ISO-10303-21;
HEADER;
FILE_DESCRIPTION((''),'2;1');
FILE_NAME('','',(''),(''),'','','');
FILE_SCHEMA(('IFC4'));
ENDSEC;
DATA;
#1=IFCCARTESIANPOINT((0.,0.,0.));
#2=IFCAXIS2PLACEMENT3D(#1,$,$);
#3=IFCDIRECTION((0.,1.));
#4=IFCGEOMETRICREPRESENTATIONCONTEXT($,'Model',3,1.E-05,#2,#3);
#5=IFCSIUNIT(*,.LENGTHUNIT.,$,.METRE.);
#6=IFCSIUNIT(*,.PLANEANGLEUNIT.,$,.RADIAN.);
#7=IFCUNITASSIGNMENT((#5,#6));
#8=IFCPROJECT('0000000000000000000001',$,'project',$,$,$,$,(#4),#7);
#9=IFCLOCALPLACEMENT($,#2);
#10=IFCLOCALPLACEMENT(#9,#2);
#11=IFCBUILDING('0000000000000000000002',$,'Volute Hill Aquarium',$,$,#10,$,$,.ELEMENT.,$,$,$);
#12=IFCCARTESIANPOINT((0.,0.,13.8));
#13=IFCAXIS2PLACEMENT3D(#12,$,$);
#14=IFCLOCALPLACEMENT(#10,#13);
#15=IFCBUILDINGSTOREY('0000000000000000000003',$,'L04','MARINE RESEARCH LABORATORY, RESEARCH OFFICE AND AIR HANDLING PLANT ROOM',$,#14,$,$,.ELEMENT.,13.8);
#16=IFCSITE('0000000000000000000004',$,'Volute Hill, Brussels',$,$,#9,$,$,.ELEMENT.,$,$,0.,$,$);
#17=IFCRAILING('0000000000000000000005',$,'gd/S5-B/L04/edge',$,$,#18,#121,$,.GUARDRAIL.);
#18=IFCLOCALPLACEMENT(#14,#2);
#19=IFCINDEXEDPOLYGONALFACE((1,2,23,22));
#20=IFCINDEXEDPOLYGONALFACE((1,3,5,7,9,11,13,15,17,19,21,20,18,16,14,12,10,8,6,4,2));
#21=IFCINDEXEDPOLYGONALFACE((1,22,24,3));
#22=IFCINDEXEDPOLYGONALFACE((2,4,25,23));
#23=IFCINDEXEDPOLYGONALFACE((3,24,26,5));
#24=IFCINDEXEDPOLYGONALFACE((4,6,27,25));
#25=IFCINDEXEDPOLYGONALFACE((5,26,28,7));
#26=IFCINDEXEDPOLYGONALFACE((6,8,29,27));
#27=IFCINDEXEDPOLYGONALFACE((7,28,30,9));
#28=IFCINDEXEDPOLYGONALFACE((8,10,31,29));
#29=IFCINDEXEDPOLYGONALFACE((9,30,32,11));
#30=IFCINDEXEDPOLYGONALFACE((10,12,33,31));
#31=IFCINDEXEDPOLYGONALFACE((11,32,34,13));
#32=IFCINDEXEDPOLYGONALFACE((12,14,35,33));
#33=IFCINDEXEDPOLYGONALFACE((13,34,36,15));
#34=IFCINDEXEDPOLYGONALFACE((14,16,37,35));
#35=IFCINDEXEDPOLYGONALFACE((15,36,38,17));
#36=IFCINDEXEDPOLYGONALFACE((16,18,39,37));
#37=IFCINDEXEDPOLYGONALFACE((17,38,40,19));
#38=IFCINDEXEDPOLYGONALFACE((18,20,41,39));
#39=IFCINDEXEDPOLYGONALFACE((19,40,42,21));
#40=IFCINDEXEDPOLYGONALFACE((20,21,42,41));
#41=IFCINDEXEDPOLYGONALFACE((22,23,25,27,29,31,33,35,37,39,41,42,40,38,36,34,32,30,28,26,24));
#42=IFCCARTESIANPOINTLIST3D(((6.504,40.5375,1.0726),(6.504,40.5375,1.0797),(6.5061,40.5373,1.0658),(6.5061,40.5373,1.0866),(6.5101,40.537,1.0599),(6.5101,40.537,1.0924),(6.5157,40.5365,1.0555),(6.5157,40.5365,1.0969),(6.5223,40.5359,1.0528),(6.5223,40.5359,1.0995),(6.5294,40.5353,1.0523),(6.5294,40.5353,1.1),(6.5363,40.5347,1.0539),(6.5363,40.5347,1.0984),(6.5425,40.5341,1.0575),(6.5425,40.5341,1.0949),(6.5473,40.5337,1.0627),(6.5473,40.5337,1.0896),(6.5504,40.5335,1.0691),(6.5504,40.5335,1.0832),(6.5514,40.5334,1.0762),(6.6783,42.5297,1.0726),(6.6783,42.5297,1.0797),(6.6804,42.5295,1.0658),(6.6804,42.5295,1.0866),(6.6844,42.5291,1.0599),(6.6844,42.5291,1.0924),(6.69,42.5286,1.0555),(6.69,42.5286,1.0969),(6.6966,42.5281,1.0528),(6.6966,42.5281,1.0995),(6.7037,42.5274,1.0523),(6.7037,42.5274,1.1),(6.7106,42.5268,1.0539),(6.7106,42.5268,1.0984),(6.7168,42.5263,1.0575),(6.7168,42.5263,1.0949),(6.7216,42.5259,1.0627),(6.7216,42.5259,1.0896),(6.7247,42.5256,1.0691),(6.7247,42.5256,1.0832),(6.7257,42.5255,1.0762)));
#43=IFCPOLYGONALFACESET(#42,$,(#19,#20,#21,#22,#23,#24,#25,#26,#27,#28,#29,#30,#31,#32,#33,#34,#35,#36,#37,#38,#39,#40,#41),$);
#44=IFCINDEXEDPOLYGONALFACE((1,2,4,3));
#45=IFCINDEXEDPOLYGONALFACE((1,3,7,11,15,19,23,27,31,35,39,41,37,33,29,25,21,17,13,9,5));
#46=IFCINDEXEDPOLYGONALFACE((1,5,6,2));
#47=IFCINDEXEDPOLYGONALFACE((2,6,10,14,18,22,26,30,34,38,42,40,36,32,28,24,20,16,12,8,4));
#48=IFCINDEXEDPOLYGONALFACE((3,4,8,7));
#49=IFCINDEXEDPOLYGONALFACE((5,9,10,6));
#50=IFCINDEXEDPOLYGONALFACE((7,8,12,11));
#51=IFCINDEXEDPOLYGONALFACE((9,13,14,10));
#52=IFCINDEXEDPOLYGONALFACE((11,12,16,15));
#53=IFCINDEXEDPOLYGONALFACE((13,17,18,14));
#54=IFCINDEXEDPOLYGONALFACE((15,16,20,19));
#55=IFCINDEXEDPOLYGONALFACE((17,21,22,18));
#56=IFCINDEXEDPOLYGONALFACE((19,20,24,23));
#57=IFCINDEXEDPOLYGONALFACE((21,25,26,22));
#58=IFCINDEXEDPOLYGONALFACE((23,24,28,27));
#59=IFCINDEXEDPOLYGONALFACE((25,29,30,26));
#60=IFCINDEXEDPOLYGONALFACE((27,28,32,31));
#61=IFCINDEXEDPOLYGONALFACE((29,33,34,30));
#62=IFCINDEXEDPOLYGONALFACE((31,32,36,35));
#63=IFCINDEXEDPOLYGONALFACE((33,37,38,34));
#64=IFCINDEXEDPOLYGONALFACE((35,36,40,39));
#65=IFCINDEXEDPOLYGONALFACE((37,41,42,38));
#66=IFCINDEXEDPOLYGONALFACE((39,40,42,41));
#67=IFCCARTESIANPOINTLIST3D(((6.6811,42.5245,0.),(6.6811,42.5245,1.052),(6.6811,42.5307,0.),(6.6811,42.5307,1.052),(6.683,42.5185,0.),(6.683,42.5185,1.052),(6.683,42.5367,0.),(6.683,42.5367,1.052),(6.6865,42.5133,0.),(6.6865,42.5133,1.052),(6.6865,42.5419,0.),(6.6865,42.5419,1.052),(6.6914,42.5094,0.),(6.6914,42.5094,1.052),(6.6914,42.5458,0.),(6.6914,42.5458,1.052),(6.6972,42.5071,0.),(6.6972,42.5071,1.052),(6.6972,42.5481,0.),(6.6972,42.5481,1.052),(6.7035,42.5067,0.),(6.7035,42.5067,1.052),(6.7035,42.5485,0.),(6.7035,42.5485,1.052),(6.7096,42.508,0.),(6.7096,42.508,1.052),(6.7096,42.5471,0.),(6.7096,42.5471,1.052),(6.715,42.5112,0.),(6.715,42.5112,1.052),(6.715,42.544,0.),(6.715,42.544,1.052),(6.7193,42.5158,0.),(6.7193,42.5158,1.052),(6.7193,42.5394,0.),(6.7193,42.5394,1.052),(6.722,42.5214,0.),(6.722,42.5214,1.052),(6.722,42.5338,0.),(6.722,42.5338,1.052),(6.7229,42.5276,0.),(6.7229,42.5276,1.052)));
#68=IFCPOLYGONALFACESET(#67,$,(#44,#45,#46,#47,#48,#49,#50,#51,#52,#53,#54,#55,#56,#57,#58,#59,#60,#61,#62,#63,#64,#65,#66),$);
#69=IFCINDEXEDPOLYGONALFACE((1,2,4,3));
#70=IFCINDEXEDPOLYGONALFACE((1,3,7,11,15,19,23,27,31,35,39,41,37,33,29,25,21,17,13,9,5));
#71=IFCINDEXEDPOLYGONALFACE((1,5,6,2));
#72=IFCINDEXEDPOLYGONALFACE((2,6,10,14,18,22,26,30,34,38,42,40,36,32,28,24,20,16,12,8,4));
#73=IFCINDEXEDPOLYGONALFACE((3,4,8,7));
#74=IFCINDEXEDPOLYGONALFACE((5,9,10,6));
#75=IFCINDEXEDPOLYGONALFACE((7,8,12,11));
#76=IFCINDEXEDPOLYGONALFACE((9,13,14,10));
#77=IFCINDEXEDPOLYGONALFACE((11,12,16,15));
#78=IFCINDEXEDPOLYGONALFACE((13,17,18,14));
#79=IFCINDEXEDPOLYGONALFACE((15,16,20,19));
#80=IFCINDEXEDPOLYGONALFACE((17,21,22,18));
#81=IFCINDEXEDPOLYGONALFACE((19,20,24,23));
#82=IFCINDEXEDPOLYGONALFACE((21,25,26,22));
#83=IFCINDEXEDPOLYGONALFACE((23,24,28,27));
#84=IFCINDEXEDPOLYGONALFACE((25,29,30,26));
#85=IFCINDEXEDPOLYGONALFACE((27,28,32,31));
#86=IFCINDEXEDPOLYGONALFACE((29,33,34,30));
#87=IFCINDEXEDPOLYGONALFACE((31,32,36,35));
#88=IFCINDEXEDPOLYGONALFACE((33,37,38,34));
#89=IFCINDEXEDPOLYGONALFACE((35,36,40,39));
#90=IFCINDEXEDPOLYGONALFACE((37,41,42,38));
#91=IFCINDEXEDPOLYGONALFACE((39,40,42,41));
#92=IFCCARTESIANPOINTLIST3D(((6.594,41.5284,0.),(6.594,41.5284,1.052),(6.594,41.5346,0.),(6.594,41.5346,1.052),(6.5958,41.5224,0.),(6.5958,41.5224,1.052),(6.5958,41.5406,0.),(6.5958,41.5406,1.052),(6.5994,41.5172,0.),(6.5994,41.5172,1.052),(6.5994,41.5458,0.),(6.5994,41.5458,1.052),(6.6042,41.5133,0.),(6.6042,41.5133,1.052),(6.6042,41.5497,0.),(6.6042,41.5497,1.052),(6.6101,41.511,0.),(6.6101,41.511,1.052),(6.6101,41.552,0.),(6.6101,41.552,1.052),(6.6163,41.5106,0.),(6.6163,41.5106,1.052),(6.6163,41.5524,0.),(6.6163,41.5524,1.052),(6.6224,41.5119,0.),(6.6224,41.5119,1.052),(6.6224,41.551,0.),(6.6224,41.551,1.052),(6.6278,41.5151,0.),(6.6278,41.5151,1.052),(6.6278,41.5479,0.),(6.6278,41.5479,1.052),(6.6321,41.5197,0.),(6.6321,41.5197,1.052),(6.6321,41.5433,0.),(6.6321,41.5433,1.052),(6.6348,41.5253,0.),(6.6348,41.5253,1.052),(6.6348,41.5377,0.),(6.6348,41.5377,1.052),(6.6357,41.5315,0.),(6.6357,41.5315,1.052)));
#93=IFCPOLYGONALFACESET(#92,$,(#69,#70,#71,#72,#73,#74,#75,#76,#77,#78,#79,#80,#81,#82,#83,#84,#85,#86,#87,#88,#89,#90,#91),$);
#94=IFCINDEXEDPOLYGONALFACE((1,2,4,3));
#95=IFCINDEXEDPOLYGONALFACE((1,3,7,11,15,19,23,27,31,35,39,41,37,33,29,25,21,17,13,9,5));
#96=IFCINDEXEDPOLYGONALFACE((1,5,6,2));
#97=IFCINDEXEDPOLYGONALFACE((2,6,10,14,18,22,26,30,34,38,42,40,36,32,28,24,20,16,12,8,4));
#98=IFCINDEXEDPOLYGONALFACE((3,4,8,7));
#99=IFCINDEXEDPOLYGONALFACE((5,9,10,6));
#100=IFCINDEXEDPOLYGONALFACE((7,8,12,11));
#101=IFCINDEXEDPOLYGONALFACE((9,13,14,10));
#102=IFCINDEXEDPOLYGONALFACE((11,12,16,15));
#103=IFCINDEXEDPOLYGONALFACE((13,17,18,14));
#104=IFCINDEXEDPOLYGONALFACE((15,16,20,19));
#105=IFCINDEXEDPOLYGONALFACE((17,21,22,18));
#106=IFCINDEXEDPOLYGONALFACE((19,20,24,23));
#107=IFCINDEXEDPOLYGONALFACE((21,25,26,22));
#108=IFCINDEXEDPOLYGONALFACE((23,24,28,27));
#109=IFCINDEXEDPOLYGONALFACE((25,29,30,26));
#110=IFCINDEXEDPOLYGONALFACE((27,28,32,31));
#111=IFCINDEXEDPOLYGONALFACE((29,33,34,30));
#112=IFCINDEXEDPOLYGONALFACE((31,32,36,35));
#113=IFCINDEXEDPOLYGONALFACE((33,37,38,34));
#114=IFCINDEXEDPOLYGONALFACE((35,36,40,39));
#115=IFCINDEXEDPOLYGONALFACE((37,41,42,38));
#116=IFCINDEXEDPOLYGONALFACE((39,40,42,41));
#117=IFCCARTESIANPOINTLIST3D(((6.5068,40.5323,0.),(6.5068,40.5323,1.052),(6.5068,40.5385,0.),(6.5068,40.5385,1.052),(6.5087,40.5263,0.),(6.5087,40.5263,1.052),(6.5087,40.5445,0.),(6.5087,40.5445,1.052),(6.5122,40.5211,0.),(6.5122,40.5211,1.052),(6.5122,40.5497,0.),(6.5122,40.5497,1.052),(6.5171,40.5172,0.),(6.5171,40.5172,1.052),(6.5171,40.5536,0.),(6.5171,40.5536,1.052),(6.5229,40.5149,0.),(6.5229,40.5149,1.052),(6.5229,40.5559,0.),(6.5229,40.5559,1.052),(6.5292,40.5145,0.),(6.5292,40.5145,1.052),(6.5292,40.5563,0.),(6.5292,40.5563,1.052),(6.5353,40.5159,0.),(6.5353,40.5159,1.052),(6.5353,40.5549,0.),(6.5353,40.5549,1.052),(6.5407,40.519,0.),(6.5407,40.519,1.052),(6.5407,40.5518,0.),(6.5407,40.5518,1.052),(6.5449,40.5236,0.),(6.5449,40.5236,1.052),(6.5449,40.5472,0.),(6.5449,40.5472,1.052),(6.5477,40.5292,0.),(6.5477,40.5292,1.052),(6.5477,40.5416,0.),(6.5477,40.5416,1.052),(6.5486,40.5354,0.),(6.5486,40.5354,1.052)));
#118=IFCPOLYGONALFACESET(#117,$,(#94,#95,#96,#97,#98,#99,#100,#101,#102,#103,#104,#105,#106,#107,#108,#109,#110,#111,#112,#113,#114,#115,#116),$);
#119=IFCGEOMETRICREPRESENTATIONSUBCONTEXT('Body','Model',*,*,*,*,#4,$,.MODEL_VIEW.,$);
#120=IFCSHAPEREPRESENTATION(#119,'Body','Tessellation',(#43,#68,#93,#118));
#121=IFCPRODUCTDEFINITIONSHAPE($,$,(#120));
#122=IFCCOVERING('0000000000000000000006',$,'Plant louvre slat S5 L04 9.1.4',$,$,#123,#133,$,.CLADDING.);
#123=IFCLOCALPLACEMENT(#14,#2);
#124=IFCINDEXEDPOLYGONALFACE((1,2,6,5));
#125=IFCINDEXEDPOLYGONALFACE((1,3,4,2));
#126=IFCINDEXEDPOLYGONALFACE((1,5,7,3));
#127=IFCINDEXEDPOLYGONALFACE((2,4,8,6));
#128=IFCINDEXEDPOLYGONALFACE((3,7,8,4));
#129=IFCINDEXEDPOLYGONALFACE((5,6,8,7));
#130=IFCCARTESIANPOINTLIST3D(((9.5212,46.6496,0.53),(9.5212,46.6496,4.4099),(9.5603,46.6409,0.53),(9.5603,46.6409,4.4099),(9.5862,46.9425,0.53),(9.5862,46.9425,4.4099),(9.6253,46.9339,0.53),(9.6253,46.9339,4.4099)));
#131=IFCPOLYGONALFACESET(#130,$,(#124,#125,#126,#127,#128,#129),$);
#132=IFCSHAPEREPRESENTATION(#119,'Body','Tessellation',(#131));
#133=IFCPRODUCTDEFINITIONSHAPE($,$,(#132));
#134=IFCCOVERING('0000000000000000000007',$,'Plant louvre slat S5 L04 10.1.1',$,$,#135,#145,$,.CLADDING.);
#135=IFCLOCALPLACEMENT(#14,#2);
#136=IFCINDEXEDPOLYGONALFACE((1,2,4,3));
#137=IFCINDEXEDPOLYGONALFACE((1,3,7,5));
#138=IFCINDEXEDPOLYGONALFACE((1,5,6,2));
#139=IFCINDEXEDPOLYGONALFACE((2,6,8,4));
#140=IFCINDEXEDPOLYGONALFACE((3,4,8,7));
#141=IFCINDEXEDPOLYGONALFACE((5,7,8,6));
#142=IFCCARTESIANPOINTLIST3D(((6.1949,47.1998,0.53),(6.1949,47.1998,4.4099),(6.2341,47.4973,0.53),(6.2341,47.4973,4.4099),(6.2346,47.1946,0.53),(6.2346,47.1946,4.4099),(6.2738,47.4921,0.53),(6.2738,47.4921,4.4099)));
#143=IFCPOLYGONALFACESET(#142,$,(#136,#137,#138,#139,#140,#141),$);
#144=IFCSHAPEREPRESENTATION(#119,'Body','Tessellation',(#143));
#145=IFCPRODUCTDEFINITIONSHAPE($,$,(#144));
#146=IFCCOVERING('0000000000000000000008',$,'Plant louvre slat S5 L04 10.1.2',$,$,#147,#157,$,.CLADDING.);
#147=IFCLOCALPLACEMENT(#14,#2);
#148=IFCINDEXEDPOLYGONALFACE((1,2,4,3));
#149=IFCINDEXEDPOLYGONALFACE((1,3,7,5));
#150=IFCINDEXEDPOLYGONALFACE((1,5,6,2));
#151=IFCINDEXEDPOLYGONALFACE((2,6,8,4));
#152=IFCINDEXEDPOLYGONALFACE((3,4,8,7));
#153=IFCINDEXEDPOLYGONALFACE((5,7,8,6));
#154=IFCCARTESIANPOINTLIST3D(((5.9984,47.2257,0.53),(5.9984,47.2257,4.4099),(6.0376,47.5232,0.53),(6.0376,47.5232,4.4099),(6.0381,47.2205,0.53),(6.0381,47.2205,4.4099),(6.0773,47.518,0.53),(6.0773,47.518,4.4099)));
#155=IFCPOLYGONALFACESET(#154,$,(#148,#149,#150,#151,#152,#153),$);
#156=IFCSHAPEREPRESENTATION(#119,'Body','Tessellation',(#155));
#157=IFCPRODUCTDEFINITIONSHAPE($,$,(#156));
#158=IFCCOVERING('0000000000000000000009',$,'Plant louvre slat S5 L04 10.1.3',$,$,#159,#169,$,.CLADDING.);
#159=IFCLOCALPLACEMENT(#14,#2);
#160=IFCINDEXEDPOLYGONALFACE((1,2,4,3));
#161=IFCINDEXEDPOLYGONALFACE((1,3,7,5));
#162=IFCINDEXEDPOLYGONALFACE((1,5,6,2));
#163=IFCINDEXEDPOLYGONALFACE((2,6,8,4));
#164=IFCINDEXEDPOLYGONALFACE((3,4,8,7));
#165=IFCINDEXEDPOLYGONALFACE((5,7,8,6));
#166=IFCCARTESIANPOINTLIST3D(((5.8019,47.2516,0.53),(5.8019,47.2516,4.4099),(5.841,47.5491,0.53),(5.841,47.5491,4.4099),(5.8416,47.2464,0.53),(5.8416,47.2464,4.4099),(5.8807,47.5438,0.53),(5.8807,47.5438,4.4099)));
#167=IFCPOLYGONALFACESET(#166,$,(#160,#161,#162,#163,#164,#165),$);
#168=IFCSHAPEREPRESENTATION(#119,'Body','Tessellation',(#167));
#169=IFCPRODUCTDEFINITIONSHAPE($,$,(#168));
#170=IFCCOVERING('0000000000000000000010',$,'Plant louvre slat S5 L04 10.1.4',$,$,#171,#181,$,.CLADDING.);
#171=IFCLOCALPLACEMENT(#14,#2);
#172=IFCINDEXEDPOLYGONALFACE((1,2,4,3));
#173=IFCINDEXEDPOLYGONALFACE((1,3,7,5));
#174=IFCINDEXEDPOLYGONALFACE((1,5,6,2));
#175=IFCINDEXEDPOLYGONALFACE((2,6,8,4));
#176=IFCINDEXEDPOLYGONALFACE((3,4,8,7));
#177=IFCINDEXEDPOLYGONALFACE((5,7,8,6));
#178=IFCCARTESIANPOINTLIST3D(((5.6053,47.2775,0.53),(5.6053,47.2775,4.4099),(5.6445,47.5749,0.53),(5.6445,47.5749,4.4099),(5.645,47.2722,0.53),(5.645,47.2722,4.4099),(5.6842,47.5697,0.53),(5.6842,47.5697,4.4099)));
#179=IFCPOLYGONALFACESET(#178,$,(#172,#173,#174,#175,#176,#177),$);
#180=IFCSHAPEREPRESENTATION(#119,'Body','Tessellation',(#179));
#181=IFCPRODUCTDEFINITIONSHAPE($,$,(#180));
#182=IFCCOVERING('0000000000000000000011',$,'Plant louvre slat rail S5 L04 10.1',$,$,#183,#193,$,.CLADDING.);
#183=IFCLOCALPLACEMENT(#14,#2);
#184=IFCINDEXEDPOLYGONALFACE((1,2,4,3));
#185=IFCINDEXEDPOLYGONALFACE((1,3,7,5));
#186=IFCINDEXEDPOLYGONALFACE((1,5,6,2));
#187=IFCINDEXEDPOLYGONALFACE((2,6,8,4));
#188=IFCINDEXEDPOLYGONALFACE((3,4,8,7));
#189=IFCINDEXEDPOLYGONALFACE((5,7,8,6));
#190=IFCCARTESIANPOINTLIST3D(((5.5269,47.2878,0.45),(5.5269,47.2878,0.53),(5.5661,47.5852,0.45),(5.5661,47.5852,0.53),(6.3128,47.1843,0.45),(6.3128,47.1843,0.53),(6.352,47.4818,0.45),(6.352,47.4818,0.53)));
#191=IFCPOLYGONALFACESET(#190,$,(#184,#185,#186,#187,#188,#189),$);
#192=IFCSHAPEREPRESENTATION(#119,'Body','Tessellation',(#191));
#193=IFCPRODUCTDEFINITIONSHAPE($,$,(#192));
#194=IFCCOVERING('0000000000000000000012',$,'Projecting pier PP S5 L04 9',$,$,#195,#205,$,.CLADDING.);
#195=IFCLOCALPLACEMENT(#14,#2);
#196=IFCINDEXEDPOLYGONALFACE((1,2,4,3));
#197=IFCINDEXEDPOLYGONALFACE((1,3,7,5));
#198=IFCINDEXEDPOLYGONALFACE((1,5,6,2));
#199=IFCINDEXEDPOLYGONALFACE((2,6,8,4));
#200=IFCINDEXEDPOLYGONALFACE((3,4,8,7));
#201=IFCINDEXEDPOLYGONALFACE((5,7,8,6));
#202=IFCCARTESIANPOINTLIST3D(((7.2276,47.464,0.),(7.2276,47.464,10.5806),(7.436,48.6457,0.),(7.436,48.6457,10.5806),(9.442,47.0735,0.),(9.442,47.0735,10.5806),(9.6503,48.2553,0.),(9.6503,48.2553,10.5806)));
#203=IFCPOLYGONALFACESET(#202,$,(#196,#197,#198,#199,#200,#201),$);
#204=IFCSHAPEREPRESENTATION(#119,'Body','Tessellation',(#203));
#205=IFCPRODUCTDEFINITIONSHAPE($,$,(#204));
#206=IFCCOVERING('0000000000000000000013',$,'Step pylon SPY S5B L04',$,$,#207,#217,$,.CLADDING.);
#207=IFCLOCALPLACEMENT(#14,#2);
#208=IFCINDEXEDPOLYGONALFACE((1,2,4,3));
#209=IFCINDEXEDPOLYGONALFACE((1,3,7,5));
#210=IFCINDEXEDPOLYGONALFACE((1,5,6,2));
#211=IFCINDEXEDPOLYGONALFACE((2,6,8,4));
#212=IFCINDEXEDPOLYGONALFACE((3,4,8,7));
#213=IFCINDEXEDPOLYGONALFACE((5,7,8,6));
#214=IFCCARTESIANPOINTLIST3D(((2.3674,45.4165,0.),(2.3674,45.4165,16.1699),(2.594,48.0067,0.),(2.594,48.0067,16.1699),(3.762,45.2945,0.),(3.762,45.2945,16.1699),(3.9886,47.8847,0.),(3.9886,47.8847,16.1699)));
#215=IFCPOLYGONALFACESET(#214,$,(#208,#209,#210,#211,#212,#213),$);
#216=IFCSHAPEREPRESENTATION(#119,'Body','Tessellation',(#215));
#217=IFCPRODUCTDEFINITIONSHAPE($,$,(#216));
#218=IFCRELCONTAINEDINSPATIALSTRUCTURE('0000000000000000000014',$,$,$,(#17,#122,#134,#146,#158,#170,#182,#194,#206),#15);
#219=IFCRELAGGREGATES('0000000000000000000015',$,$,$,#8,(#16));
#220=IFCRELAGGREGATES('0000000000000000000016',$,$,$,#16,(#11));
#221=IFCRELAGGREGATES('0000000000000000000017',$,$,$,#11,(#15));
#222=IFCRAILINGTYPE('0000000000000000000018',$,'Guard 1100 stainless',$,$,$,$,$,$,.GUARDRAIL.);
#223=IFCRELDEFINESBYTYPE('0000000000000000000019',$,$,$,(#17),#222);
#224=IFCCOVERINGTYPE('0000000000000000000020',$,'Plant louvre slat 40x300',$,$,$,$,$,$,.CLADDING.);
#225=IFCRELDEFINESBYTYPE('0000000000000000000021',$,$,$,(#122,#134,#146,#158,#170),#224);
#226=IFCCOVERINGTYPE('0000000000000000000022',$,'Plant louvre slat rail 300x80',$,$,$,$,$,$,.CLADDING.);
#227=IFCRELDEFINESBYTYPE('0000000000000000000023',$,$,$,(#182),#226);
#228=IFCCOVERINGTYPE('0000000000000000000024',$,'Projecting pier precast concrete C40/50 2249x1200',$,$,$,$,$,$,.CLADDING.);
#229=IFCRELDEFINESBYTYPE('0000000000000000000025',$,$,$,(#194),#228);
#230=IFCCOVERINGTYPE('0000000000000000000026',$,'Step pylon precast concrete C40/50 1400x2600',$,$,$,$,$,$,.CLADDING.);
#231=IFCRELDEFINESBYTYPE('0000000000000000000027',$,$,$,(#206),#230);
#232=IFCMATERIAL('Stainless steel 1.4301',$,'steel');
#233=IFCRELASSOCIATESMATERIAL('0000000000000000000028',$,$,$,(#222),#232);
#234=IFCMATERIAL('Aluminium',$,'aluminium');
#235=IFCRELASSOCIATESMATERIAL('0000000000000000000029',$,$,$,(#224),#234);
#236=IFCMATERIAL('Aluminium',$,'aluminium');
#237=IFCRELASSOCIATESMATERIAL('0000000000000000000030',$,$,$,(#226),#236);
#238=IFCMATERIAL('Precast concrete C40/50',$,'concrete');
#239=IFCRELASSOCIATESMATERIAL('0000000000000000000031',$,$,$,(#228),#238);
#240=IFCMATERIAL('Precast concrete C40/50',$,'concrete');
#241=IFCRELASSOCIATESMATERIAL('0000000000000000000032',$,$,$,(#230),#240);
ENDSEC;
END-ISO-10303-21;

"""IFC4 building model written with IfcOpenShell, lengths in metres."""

from ifc_helpers import new_model, si_unit, direction, frame, origin, origin_2d, place, context, subcontext, project, spatial, rectangle, circle, extrude, material, type_object, element, save


model = new_model("IFC4")

# Units and contexts
model_context = context("Model", 3, precision=1e-05, world=origin(), true_north=direction((0.0, 1.0)))
body_context = subcontext(model_context, "Body", "Model", "MODEL_VIEW")
ifc_project = project(units=[si_unit("LENGTHUNIT", "METRE"), si_unit("PLANEANGLEUNIT", "RADIAN")], contexts=[model_context])

# Site, building, storey
site_placement = place(None, origin())
site = spatial("IfcSite", under=ifc_project, at=site_placement, Name="Volute Hill, Brussels", CompositionType="ELEMENT", RefElevation=0.0)
building_placement = place(site_placement, origin())
building = spatial("IfcBuilding", under=site, at=building_placement, Name="Volute Hill Aquarium", CompositionType="ELEMENT")
storey_placement = place(building_placement, frame((0.0, 0.0, 13.8)))
storey = spatial("IfcBuildingStorey", under=building, at=storey_placement, Name="L04", Description="MARINE RESEARCH LABORATORY, RESEARCH OFFICE AND AIR HANDLING PLANT ROOM", CompositionType="ELEMENT", Elevation=13.8)

# Railing
ifc_material_1 = material(Name="Stainless steel 1.4301", Category="steel")
railing_type = type_object("IfcRailingType", Name="Guard 1100 stainless", PredefinedType="GUARDRAIL", material=ifc_material_1)
railing_placement = place(storey_placement, frame((6.7019, 42.5276, 0.0)))
element("IfcRailing", 1, at=railing_placement, inside=storey, type_object=railing_type, Name="gd/S5-B/L04/edge", PredefinedType="GUARDRAIL", context=body_context, shape_type="SweptSolid", body=[
    extrude(circle(Radius=0.0239, at=origin_2d()), frame((0.0, 0.0, 1.0762), z_axis=(-0.087167, -0.996194, 0.0), x_axis=(0.996194, -0.087167, 0.0)), (0.0, 0.0, 1.0), 1.9998),
    extrude(circle(Radius=0.021, at=origin_2d()), origin(), (0.0, 0.0, 1.0), 1.052),
    extrude(circle(Radius=0.021, at=origin_2d()), frame((-0.0872, -0.9961, 0.0)), (0.0, 0.0, 1.0), 1.052),
    extrude(circle(Radius=0.021, at=origin_2d()), frame((-0.1743, -1.9922, 0.0)), (0.0, 0.0, 1.0), 1.052),
])

# Coverings
ifc_material_2 = material(Name="Aluminium", Category="aluminium")
covering_type_1 = type_object("IfcCoveringType", Name="Plant louvre slat 40x300", PredefinedType="CLADDING", material=ifc_material_2)
for number, where, z_axis, x_axis, name in (
    (2, (9.5732, 46.7917, 0.53), (0.0, 0.0, 1.0), (-0.9763, 0.216423, 0.0), "Plant louvre slat S5 L04 9.1.4"),
    (3, (6.2344, 47.3459, 0.53), (0.0, 0.0, 1.0), (-0.991443, 0.130544, 0.0), "Plant louvre slat S5 L04 10.1.1"),
    (4, (6.0378, 47.3718, 0.53), (0.0, 0.0, 1.0), (-0.991443, 0.130544, 0.0), "Plant louvre slat S5 L04 10.1.2"),
    (5, (5.8413, 47.3977, 0.53), (0.0, 0.0, 1.0), (-0.991443, 0.130544, 0.0), "Plant louvre slat S5 L04 10.1.3"),
    (6, (5.6448, 47.4236, 0.53), (0.0, 0.0, 1.0), (-0.991443, 0.130544, 0.0), "Plant louvre slat S5 L04 10.1.4"),
):
    element("IfcCovering", number, at=place(storey_placement, frame(where, z_axis=z_axis, x_axis=x_axis)), inside=storey, type_object=covering_type_1, Name=name, PredefinedType="CLADDING", context=body_context, shape_type="SweptSolid", body=[
        extrude(rectangle(XDim=0.04, YDim=0.3, at=origin_2d()), origin(), (0.0, 0.0, 1.0), 3.8799),
    ])
ifc_material_3 = material(Name="Aluminium", Category="aluminium")
covering_type_2 = type_object("IfcCoveringType", Name="Plant louvre slat rail 300x80", PredefinedType="CLADDING", material=ifc_material_3)
covering_1_placement = place(storey_placement, frame((5.9395, 47.3848, 0.45), z_axis=(0.0, 0.0, 1.0), x_axis=(-0.991443, 0.130544, 0.0)))
element("IfcCovering", 7, at=covering_1_placement, inside=storey, type_object=covering_type_2, Name="Plant louvre slat rail S5 L04 10.1", PredefinedType="CLADDING", context=body_context, shape_type="SweptSolid", body=[
    extrude(rectangle(XDim=0.7927, YDim=0.3, at=origin_2d()), origin(), (0.0, 0.0, 1.0), 0.0801),
])
ifc_material_4 = material(Name="Precast concrete C40/50", Category="concrete")
covering_type_3 = type_object("IfcCoveringType", Name="Projecting pier precast concrete C40/50 2249x1200", PredefinedType="CLADDING", material=ifc_material_4)
covering_2_placement = place(storey_placement, frame((8.439, 47.8596, 0.0), z_axis=(0.0, 0.0, 1.0), x_axis=(-0.984808, 0.173648, 0.0)))
element("IfcCovering", 8, at=covering_2_placement, inside=storey, type_object=covering_type_3, Name="Projecting pier PP S5 L04 9", PredefinedType="CLADDING", context=body_context, shape_type="SweptSolid", body=[
    extrude(rectangle(XDim=2.2485, YDim=1.2, at=origin_2d()), origin(), (0.0, 0.0, 1.0), 10.5806),
])
ifc_material_5 = material(Name="Precast concrete C40/50", Category="concrete")
covering_type_4 = type_object("IfcCoveringType", Name="Step pylon precast concrete C40/50 1400x2600", PredefinedType="CLADDING", material=ifc_material_5)
covering_3_placement = place(storey_placement, frame((3.178, 46.6506, 0.0), z_axis=(0.0, 0.0, 1.0), x_axis=(0.087156, 0.996195, 0.0)))
element("IfcCovering", 9, at=covering_3_placement, inside=storey, type_object=covering_type_4, Name="Step pylon SPY S5B L04", PredefinedType="CLADDING", context=body_context, shape_type="SweptSolid", body=[
    extrude(rectangle(XDim=2.6001, YDim=1.3999, at=origin_2d()), origin(), (0.0, 0.0, 1.0), 16.1699),
])

save(model, "model.ifc")
